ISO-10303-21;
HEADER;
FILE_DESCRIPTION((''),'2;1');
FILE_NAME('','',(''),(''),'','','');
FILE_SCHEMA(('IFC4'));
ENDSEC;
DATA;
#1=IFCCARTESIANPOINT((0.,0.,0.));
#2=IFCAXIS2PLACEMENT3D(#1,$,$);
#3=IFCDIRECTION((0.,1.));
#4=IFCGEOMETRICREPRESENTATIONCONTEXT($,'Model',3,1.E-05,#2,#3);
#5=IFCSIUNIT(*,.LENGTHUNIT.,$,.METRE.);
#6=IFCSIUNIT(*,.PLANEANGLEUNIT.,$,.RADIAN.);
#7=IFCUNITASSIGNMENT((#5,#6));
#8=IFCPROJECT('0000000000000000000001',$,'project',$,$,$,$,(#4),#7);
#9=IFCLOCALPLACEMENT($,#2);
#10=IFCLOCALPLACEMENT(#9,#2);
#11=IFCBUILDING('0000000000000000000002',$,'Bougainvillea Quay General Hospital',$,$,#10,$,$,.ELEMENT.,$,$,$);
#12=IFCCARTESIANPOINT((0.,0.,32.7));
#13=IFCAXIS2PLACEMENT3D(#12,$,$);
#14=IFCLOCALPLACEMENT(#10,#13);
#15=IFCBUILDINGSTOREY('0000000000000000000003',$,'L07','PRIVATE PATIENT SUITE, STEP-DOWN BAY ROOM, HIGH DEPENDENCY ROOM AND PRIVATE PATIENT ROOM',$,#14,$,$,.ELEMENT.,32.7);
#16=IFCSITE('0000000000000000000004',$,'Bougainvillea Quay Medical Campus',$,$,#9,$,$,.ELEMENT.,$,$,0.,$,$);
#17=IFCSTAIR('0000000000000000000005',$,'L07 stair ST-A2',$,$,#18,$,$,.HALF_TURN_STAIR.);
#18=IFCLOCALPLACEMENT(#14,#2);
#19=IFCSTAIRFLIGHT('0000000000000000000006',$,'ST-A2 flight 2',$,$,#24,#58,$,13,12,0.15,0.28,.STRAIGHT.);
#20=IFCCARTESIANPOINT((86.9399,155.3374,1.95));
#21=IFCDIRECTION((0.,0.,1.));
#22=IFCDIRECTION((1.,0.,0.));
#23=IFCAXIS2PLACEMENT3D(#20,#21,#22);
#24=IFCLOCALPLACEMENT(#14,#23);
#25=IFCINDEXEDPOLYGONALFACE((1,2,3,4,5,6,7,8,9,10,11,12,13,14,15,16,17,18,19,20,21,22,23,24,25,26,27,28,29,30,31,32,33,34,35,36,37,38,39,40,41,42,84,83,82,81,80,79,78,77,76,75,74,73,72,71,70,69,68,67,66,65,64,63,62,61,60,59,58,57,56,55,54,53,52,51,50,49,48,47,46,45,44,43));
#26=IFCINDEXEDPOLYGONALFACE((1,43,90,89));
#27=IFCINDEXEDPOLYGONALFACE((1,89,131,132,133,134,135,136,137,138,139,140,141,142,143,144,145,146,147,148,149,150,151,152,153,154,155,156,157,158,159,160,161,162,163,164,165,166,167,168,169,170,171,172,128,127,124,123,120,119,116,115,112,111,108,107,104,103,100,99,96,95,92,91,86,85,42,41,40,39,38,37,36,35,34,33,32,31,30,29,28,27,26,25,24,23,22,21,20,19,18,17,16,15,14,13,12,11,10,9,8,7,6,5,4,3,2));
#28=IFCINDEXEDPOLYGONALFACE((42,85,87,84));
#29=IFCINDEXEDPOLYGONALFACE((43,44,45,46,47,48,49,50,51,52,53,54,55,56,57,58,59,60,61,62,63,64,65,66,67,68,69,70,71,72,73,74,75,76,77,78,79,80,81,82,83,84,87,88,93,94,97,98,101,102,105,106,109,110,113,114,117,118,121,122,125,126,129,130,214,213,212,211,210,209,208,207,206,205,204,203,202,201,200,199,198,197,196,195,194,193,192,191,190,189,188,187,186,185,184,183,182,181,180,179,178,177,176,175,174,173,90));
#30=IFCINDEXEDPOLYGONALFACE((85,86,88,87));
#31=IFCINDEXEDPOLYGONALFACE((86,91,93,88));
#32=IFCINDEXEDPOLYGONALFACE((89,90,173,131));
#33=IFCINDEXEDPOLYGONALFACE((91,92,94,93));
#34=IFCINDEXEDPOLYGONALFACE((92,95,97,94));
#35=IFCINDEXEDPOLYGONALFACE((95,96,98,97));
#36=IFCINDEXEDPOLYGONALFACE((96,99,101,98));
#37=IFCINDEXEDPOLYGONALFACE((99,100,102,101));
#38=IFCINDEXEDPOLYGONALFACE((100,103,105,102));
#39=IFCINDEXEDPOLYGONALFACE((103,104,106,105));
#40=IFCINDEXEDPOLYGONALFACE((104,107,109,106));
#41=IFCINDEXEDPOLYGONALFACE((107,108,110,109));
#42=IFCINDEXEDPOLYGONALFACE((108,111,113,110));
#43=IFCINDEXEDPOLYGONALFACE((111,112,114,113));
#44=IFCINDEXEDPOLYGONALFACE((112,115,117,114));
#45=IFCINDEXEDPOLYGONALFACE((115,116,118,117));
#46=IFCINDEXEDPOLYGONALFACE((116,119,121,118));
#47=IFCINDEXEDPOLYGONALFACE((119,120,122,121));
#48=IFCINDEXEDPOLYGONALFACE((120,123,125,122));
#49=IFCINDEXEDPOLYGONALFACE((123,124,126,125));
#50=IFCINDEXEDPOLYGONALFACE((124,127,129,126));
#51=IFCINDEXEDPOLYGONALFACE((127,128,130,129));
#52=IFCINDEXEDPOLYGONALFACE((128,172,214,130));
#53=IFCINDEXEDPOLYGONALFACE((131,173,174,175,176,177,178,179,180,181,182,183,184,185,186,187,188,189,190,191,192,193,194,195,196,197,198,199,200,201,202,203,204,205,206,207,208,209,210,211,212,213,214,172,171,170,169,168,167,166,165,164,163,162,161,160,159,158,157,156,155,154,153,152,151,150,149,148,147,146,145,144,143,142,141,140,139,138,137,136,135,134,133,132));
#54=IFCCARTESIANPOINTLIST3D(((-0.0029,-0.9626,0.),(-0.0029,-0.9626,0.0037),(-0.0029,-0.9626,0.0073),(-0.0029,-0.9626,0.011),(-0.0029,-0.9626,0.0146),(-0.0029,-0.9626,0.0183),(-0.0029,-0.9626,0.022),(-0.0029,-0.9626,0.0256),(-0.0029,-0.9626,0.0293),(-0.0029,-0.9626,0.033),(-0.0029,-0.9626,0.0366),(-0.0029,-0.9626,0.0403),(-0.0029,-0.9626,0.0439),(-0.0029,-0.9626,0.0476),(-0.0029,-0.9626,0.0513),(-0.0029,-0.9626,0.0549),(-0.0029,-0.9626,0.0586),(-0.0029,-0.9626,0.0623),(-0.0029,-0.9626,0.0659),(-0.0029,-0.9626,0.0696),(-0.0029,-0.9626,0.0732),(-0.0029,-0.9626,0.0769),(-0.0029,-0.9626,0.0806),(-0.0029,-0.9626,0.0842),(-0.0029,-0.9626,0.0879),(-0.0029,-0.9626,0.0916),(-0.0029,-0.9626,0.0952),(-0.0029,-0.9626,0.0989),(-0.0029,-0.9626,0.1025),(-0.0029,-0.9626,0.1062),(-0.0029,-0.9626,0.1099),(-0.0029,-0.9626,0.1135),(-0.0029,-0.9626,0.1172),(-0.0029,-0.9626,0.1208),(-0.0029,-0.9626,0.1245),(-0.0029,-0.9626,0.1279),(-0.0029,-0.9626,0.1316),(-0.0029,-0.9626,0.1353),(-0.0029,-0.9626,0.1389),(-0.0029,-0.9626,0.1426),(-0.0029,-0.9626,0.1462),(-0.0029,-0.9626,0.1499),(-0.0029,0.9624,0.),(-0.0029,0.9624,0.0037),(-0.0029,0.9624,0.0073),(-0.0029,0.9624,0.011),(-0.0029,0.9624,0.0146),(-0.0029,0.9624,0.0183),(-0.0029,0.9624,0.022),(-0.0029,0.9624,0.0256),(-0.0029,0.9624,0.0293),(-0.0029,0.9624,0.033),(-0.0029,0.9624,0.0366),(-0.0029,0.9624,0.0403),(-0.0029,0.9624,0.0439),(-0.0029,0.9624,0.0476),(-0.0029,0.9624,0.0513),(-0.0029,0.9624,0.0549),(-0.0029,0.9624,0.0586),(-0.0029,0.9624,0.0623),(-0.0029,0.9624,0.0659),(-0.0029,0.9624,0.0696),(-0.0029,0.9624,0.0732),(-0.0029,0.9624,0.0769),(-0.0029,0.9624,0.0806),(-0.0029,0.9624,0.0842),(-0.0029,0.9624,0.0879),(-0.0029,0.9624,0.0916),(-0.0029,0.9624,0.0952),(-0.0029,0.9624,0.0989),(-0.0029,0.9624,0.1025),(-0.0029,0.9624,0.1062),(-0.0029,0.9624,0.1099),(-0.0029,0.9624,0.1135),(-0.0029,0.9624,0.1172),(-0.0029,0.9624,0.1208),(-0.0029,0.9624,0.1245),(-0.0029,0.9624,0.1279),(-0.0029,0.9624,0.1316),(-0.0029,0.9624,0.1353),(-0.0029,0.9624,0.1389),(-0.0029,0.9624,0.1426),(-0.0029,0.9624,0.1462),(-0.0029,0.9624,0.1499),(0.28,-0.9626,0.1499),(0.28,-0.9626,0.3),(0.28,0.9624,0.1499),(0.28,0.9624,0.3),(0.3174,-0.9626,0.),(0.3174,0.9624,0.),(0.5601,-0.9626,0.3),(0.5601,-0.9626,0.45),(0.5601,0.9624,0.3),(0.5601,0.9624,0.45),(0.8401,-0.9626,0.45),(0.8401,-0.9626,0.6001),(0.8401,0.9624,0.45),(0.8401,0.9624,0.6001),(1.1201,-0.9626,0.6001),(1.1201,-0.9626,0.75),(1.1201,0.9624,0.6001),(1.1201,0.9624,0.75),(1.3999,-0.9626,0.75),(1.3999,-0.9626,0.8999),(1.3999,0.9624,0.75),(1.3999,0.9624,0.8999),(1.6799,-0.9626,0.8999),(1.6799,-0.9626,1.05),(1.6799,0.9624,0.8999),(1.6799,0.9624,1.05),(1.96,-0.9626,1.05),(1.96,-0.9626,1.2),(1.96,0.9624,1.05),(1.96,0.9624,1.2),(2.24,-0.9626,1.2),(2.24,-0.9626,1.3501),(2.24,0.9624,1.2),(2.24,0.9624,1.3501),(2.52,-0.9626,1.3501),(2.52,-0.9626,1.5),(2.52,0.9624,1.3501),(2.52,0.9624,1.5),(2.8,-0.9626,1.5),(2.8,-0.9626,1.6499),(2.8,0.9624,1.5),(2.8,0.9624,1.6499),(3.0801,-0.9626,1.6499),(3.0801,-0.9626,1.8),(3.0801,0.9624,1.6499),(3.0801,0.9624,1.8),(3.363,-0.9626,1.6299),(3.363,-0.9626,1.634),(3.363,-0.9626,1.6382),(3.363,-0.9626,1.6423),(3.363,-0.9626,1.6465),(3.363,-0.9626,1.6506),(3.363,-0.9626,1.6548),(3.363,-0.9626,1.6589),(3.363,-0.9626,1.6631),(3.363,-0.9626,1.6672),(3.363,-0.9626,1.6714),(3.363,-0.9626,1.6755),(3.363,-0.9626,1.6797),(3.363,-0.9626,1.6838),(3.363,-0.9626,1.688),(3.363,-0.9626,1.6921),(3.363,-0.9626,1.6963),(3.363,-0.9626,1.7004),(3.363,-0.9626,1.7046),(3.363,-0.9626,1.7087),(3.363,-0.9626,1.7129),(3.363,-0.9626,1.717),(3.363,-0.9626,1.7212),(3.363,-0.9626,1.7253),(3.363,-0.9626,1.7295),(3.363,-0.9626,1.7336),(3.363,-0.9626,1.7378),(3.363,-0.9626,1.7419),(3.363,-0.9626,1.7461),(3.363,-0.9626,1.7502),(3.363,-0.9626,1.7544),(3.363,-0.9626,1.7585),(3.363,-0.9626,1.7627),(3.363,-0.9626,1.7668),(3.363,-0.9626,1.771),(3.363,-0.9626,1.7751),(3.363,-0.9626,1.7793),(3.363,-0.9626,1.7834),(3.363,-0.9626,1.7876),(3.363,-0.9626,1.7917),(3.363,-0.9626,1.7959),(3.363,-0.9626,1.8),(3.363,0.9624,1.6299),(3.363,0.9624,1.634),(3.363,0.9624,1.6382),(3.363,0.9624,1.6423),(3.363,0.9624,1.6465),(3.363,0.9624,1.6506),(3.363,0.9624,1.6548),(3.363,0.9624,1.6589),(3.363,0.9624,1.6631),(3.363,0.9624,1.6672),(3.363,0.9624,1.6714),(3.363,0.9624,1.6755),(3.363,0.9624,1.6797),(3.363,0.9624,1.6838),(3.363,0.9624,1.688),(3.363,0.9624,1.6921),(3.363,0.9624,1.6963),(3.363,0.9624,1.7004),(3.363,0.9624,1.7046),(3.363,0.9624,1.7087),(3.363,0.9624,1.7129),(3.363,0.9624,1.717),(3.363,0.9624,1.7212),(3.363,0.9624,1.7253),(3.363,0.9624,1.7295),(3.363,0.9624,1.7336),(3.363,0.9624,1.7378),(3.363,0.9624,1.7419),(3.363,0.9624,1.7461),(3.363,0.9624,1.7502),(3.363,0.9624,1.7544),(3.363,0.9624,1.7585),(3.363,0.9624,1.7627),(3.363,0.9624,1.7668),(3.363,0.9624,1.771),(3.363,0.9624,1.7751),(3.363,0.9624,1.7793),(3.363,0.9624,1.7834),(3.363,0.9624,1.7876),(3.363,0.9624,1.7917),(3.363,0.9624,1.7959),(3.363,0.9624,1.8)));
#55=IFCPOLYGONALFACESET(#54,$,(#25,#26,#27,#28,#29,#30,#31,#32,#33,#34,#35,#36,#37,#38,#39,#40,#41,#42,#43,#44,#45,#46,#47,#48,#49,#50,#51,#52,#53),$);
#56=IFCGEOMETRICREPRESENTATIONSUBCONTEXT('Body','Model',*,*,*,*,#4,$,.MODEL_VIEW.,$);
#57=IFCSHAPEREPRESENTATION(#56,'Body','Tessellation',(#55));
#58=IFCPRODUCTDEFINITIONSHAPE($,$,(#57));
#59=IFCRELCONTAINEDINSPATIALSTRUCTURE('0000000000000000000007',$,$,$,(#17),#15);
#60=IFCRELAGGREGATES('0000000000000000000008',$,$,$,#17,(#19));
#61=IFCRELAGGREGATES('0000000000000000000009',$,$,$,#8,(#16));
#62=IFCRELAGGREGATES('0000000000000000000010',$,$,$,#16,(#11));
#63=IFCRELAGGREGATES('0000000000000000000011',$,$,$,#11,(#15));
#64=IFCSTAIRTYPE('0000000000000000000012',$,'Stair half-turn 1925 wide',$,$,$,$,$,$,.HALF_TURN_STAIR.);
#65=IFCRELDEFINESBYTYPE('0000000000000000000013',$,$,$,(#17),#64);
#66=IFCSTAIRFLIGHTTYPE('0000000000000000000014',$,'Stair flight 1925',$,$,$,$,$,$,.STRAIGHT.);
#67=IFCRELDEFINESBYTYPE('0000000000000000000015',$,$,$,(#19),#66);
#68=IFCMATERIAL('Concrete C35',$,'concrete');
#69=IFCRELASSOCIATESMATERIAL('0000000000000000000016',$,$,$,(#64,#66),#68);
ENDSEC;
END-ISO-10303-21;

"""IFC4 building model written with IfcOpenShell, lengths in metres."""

from ifc_helpers import new_model, si_unit, direction, frame, origin, place, context, subcontext, project, spatial, polyline, outline, extrude, material, type_object, element, aggregate, save


model = new_model("IFC4")

# Units and contexts
model_context = context("Model", 3, precision=1e-05, world=origin(), true_north=direction((0.0, 1.0)))
body_context = subcontext(model_context, "Body", "Model", "MODEL_VIEW")
ifc_project = project(units=[si_unit("LENGTHUNIT", "METRE"), si_unit("PLANEANGLEUNIT", "RADIAN")], contexts=[model_context])

# Site, building, storey
site_placement = place(None, origin())
site = spatial("IfcSite", under=ifc_project, at=site_placement, Name="Bougainvillea Quay Medical Campus", CompositionType="ELEMENT", RefElevation=0.0)
building_placement = place(site_placement, origin())
building = spatial("IfcBuilding", under=site, at=building_placement, Name="Bougainvillea Quay General Hospital", CompositionType="ELEMENT")
storey_placement = place(building_placement, frame((0.0, 0.0, 32.7)))
storey = spatial("IfcBuildingStorey", under=building, at=storey_placement, Name="L07", Description="PRIVATE PATIENT SUITE, STEP-DOWN BAY ROOM, HIGH DEPENDENCY ROOM AND PRIVATE PATIENT ROOM", CompositionType="ELEMENT", Elevation=32.7)

# Stair, stair flight
ifc_material_1 = material(Name="Concrete C35", Category="concrete")
stair_type = type_object("IfcStairType", Name="Stair half-turn 1925 wide", PredefinedType="HALF_TURN_STAIR", material=ifc_material_1)
stair_placement = place(storey_placement, origin())
stair = element("IfcStair", 1, at=stair_placement, inside=storey, type_object=stair_type, Name="L07 stair ST-A2", PredefinedType="HALF_TURN_STAIR")
stair_flight_type = type_object("IfcStairFlightType", Name="Stair flight 1925", PredefinedType="STRAIGHT", material=ifc_material_1)
stair_flight_placement = place(storey_placement, frame((86.9399, 155.3374, 1.95), z_axis=(0.0, 0.0, 1.0), x_axis=(1.0, 0.0, 0.0)))
stair_flight = element("IfcStairFlight", 2, at=stair_flight_placement, type_object=stair_flight_type, Name="ST-A2 flight 2", NumberOfRisers=13, NumberOfTreads=12, PredefinedType="STRAIGHT", RiserHeight=0.15, TreadLength=0.28, context=body_context, shape_type="SweptSolid", body=[
    extrude(outline(polyline([(-0.0029, 0.0), (-0.0029, 0.0037), (-0.0029, 0.0073), (-0.0029, 0.011), (-0.0029, 0.0146), (-0.0029, 0.0183), (-0.0029, 0.022), (-0.0029, 0.0256), (-0.0029, 0.0293), (-0.0029, 0.033), (-0.0029, 0.0366), (-0.0029, 0.0403), (-0.0029, 0.0439), (-0.0029, 0.0476), (-0.0029, 0.0513), (-0.0029, 0.0549), (-0.0029, 0.0586), (-0.0029, 0.0623), (-0.0029, 0.0659), (-0.0029, 0.0696), (-0.0029, 0.0732), (-0.0029, 0.0769), (-0.0029, 0.0806), (-0.0029, 0.0842), (-0.0029, 0.0879), (-0.0029, 0.0916), (-0.0029, 0.0952), (-0.0029, 0.0989), (-0.0029, 0.1025), (-0.0029, 0.1062), (-0.0029, 0.1099), (-0.0029, 0.1135), (-0.0029, 0.1172), (-0.0029, 0.1208), (-0.0029, 0.1245), (-0.0029, 0.1279), (-0.0029, 0.1316), (-0.0029, 0.1353), (-0.0029, 0.1389), (-0.0029, 0.1426), (-0.0029, 0.1462), (-0.0029, 0.1499), (0.28, 0.1499), (0.28, 0.3), (0.5601, 0.3), (0.5601, 0.45), (0.8401, 0.45), (0.8401, 0.6001), (1.1201, 0.6001), (1.1201, 0.75), (1.3999, 0.75), (1.3999, 0.8999), (1.6799, 0.8999), (1.6799, 1.05), (1.96, 1.05), (1.96, 1.2), (2.24, 1.2), (2.24, 1.3501), (2.52, 1.3501), (2.52, 1.5), (2.8, 1.5), (2.8, 1.6499), (3.0801, 1.6499), (3.0801, 1.8), (3.363, 1.8), (3.363, 1.7959), (3.363, 1.7917), (3.363, 1.7876), (3.363, 1.7834), (3.363, 1.7793), (3.363, 1.7751), (3.363, 1.771), (3.363, 1.7668), (3.363, 1.7627), (3.363, 1.7585), (3.363, 1.7544), (3.363, 1.7502), (3.363, 1.7461), (3.363, 1.7419), (3.363, 1.7378), (3.363, 1.7336), (3.363, 1.7295), (3.363, 1.7253), (3.363, 1.7212), (3.363, 1.717), (3.363, 1.7129), (3.363, 1.7087), (3.363, 1.7046), (3.363, 1.7004), (3.363, 1.6963), (3.363, 1.6921), (3.363, 1.688), (3.363, 1.6838), (3.363, 1.6797), (3.363, 1.6755), (3.363, 1.6714), (3.363, 1.6672), (3.363, 1.6631), (3.363, 1.6589), (3.363, 1.6548), (3.363, 1.6506), (3.363, 1.6465), (3.363, 1.6423), (3.363, 1.6382), (3.363, 1.634), (3.363, 1.6299), (0.3174, 0.0), (-0.0029, 0.0)])), frame((0.0, 0.9624, 0.0), z_axis=(0.0, -1.0, 0.0), x_axis=(1.0, 0.0, 0.0)), (0.0, 0.0, 1.0), 1.925),
])
aggregate(stair, [stair_flight])

save(model, "model.ifc")
